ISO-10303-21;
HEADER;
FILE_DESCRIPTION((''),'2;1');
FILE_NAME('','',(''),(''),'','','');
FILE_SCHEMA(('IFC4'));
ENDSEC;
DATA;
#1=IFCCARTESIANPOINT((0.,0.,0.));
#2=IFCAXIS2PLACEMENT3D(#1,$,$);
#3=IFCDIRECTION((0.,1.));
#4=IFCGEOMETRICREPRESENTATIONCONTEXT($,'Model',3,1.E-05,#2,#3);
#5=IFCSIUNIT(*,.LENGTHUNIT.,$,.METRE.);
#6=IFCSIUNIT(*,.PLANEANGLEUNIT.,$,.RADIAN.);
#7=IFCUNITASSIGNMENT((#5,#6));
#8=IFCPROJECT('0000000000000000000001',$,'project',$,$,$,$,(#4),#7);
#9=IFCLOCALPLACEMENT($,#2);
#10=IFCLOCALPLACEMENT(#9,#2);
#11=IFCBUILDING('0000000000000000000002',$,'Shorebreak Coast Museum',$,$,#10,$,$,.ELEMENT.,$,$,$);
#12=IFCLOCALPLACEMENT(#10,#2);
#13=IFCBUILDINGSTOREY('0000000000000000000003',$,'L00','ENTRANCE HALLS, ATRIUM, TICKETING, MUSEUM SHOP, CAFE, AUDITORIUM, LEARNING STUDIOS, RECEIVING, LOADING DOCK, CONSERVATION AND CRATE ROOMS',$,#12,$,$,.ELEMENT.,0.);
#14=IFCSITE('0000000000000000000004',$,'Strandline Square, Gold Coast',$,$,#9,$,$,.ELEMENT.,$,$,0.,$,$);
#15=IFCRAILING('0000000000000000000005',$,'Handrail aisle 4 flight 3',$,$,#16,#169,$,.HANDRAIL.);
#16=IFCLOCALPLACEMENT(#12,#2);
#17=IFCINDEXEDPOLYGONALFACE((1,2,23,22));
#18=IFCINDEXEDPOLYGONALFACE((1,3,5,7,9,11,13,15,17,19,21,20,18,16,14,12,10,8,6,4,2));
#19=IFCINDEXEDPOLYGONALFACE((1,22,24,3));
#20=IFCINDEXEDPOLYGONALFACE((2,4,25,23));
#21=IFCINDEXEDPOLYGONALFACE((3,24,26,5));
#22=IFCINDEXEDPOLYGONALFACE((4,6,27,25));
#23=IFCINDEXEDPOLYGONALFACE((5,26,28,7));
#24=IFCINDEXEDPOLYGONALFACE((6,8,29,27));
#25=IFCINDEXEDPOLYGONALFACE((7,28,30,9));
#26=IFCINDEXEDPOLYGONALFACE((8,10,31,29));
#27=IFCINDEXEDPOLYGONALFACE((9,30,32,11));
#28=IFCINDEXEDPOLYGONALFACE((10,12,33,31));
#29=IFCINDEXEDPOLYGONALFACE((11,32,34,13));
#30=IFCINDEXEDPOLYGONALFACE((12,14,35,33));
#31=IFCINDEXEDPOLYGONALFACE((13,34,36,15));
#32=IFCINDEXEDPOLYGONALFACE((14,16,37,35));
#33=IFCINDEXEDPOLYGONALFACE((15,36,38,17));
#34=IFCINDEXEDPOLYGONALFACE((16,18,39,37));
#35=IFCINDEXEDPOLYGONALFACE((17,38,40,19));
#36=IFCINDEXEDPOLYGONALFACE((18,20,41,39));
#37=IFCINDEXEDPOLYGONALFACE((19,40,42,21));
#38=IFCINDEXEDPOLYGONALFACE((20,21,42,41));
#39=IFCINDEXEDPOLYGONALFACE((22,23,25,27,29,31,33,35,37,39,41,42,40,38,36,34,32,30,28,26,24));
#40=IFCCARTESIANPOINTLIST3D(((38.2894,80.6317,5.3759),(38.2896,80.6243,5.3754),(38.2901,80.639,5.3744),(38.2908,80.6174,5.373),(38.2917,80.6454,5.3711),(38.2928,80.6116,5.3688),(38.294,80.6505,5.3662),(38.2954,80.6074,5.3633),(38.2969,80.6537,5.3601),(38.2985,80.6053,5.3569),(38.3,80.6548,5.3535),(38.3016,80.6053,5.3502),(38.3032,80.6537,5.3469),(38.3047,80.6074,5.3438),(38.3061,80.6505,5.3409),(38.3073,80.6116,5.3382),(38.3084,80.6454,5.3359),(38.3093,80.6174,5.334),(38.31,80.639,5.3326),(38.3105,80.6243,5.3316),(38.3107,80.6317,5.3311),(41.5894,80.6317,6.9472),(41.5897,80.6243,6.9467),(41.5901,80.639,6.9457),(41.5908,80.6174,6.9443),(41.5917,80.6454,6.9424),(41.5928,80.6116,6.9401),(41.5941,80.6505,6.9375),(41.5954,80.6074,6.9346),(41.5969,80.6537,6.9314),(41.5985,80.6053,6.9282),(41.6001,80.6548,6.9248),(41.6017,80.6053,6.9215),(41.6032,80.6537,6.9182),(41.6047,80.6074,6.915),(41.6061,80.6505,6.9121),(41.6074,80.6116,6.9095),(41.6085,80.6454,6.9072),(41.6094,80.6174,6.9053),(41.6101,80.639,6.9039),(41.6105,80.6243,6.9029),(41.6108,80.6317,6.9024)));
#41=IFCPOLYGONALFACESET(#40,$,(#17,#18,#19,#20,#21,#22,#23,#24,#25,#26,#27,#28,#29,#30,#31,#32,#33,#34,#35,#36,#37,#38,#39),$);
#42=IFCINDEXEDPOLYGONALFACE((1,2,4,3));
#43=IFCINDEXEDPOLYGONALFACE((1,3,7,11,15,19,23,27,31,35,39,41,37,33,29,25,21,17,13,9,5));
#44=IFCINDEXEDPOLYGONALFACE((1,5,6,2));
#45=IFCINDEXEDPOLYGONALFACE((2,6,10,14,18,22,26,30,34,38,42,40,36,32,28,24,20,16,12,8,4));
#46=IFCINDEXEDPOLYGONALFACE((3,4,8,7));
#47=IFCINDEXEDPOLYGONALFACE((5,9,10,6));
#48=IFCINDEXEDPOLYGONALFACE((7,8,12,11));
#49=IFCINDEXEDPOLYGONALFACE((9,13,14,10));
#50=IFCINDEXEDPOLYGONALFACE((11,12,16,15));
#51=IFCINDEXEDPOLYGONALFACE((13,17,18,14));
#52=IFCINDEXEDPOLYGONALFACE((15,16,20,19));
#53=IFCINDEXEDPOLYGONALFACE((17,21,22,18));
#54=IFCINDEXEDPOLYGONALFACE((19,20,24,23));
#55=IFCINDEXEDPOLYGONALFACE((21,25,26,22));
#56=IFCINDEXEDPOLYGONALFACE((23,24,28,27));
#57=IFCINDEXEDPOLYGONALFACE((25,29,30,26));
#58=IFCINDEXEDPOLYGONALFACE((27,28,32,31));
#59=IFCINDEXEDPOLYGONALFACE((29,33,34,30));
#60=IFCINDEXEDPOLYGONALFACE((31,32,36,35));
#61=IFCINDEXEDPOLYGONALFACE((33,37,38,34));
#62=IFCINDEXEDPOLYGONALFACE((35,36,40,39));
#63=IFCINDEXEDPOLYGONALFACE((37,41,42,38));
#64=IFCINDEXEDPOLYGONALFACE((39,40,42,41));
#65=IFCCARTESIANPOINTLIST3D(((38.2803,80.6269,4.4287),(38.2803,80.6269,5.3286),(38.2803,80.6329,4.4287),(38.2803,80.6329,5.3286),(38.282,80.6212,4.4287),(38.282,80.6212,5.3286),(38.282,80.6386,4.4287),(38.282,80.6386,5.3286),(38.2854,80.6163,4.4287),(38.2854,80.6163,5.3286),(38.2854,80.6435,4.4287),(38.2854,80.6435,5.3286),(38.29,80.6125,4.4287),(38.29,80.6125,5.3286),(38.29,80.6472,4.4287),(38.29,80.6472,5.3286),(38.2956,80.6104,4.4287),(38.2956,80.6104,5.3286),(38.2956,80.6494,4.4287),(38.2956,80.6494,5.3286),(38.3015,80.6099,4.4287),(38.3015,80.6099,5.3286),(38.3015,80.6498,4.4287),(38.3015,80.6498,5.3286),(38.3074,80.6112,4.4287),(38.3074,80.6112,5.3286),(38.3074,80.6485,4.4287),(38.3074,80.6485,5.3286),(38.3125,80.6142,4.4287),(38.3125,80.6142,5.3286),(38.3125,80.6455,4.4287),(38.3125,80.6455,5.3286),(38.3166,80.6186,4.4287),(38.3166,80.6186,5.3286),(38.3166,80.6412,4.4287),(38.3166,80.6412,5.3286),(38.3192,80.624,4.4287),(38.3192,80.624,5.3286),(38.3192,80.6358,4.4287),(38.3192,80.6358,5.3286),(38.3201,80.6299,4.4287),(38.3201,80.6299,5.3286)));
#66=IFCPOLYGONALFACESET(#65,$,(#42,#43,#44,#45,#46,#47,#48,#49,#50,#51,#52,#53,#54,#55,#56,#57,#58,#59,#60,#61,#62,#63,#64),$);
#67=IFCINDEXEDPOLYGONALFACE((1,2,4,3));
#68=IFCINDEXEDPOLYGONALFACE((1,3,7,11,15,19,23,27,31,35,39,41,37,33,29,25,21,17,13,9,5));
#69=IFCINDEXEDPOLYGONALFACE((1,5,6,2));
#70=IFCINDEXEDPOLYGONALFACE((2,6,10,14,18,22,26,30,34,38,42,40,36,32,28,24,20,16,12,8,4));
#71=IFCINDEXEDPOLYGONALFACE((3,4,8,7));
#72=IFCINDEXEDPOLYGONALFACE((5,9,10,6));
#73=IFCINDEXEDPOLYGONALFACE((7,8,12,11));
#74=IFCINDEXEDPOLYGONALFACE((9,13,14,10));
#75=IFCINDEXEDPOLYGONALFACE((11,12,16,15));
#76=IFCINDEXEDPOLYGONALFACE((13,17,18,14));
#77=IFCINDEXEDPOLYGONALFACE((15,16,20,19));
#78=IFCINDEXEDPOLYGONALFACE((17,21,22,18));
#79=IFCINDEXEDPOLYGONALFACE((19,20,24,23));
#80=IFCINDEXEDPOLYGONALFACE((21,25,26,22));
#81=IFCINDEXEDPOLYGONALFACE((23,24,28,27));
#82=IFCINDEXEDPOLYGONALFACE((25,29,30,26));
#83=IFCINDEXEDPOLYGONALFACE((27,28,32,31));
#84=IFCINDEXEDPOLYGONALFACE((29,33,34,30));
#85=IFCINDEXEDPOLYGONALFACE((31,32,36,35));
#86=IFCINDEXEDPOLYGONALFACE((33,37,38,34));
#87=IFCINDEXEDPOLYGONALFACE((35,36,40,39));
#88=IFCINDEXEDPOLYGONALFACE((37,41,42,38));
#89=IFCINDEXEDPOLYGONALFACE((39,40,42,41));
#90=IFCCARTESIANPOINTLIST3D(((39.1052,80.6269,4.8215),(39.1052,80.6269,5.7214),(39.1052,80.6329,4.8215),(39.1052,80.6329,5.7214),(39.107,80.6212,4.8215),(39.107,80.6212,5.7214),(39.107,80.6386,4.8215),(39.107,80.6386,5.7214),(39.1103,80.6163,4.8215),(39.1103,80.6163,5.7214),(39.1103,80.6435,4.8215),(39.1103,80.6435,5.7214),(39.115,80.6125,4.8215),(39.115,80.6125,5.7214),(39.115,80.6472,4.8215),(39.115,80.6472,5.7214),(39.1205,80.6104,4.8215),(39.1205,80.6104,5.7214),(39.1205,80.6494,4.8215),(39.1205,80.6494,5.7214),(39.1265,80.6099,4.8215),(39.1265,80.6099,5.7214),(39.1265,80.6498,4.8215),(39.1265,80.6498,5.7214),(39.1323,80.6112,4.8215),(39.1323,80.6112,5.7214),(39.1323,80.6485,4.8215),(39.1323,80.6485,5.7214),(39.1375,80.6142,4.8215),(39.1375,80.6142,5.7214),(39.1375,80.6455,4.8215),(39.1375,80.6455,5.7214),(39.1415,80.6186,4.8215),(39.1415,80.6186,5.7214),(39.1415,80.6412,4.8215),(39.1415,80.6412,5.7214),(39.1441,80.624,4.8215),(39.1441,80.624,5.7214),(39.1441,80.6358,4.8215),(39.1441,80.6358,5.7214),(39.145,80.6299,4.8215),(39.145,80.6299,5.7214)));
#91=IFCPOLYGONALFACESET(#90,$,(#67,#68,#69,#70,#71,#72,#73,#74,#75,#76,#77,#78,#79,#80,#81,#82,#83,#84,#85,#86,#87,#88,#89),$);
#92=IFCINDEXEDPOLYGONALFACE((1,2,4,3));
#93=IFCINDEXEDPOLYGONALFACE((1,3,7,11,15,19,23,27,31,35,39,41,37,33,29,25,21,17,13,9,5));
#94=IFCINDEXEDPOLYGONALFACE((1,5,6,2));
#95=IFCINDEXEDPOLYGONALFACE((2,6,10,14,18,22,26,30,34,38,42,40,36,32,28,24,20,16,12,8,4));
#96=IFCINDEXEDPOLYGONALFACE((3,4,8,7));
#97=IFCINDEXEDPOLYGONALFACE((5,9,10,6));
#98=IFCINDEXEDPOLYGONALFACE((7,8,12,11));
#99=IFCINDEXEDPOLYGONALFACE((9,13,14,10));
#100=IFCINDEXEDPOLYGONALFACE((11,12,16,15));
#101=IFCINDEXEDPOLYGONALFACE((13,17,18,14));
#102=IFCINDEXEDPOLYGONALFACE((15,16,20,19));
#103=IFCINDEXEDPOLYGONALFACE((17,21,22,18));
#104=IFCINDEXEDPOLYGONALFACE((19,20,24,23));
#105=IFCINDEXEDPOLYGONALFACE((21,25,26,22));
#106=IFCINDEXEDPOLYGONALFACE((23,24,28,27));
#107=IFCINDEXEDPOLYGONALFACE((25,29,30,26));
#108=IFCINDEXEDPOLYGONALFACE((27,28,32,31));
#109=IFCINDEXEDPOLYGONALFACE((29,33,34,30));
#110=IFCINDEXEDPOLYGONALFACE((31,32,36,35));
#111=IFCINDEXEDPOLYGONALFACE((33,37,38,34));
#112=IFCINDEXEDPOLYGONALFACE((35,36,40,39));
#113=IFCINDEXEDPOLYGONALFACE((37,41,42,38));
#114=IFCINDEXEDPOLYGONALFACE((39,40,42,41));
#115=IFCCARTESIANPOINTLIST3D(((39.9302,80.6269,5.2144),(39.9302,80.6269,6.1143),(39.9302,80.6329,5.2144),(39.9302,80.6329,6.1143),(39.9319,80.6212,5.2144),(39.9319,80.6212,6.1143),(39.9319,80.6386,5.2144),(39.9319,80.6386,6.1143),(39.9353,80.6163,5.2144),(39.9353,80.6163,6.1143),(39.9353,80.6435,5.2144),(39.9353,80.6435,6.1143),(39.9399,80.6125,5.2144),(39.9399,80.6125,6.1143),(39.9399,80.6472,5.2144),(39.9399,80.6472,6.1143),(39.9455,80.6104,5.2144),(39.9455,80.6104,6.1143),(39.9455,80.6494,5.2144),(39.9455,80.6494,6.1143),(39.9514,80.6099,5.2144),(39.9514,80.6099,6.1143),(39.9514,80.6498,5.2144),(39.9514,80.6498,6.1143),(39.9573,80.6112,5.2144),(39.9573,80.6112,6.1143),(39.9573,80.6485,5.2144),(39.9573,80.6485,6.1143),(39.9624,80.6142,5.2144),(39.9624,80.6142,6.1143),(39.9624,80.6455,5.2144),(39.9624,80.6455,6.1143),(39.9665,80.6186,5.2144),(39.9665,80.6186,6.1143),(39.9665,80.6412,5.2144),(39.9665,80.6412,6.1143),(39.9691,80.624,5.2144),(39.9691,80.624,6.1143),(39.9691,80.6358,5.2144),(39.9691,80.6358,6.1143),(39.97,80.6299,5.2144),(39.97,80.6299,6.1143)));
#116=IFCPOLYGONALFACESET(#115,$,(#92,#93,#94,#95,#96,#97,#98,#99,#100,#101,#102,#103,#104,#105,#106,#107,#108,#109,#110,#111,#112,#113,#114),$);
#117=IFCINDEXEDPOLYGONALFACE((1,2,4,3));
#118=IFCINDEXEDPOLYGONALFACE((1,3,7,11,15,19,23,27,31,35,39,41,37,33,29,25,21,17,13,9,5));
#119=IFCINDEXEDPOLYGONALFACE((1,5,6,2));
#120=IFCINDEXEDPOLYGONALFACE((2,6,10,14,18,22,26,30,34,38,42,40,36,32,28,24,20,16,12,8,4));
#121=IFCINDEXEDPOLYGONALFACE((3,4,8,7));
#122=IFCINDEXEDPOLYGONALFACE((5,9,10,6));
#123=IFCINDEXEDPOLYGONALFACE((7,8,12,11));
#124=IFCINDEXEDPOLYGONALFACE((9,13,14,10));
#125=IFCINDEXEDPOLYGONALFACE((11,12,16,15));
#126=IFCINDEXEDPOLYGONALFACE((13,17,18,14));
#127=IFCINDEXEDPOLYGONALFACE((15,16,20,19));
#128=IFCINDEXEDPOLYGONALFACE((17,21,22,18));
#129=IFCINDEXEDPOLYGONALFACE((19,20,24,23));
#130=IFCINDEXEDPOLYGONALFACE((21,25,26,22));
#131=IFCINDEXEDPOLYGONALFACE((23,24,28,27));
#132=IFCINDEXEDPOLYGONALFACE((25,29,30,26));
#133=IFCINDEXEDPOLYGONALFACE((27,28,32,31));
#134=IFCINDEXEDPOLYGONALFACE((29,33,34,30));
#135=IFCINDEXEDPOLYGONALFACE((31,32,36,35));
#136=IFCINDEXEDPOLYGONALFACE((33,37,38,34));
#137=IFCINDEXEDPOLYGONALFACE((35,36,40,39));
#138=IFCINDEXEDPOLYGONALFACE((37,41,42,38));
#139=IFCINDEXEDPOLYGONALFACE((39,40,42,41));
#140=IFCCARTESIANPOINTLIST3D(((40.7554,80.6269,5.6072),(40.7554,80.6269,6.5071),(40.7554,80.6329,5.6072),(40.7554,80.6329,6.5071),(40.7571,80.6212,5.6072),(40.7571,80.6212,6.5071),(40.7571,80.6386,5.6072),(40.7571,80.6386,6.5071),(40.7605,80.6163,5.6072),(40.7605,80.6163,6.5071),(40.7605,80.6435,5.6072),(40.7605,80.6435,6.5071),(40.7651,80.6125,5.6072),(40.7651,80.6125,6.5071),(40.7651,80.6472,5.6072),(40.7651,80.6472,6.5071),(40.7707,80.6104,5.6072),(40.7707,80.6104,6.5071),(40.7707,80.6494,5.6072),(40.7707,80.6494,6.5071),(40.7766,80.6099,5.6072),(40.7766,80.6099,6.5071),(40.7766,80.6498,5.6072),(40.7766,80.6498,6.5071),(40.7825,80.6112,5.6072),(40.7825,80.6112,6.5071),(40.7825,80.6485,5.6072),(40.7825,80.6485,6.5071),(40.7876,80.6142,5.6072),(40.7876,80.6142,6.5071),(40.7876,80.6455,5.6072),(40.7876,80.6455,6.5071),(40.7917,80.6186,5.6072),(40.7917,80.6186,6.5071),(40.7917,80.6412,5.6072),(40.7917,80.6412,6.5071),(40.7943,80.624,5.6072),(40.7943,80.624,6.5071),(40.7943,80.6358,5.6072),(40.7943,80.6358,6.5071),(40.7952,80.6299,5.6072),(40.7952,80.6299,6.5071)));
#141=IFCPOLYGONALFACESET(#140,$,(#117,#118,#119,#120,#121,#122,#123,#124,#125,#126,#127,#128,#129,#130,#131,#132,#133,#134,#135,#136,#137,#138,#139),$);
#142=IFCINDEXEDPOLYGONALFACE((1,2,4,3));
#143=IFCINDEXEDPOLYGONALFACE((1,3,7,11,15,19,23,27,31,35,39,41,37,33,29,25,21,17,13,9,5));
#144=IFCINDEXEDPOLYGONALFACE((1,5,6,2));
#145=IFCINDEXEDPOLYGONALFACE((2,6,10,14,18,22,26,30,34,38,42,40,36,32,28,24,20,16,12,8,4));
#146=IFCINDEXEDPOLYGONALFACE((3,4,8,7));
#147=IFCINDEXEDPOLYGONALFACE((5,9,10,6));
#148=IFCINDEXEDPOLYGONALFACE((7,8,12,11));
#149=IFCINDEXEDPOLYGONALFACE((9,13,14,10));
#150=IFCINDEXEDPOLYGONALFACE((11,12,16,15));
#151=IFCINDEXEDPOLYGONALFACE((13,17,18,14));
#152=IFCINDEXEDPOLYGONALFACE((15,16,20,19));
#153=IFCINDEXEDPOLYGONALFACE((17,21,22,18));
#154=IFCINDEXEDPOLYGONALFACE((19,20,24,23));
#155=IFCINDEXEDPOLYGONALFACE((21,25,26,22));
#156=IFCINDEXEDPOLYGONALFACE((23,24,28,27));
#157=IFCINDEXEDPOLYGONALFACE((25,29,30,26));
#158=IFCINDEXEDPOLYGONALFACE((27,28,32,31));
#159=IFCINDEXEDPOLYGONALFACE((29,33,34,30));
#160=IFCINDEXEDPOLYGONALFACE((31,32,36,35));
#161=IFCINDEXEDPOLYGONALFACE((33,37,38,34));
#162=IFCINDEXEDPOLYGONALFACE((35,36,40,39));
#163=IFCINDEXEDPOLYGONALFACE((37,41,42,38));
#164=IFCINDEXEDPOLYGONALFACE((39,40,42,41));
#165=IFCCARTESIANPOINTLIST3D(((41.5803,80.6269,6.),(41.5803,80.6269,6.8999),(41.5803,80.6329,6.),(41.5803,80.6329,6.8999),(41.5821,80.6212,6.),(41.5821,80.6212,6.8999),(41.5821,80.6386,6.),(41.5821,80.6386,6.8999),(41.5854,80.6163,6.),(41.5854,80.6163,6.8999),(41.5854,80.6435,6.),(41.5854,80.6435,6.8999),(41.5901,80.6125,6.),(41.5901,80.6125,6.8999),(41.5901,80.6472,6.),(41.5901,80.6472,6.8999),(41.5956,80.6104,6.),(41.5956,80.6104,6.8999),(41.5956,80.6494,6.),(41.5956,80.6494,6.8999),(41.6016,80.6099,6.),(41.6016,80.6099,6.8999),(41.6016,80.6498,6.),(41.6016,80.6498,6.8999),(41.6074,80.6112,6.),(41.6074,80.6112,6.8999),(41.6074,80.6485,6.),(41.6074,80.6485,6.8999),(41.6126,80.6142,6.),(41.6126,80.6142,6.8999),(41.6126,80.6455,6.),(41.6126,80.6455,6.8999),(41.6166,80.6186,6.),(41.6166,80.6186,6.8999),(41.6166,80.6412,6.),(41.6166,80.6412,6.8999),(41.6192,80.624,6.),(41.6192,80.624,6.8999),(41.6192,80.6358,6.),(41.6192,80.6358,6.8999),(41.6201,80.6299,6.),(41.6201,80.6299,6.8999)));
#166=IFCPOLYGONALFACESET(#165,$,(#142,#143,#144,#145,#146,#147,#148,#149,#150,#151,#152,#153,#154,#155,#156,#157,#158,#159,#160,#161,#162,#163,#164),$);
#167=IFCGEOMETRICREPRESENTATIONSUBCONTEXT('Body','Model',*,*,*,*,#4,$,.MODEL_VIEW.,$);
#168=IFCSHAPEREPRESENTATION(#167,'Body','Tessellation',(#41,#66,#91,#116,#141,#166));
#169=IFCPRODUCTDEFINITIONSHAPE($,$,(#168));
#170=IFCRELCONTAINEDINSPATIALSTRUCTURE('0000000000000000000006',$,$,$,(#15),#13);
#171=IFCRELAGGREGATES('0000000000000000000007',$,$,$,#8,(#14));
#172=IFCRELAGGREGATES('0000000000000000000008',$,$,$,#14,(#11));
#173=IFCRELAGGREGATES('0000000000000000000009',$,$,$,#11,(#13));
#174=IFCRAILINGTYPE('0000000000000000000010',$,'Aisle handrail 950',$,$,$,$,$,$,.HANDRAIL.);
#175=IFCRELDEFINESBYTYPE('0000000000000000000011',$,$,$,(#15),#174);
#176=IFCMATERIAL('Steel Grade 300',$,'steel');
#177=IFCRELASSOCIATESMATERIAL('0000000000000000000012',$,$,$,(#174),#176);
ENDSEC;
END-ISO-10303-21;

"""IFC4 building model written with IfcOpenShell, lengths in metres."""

from ifc_helpers import new_model, si_unit, direction, frame, origin, origin_2d, place, context, subcontext, project, spatial, circle, extrude, material, type_object, element, save


model = new_model("IFC4")

# Units and contexts
model_context = context("Model", 3, precision=1e-05, world=origin(), true_north=direction((0.0, 1.0)))
body_context = subcontext(model_context, "Body", "Model", "MODEL_VIEW")
ifc_project = project(units=[si_unit("LENGTHUNIT", "METRE"), si_unit("PLANEANGLEUNIT", "RADIAN")], contexts=[model_context])

# Site, building, storey
site_placement = place(None, origin())
site = spatial("IfcSite", under=ifc_project, at=site_placement, Name="Strandline Square, Gold Coast", CompositionType="ELEMENT", RefElevation=0.0)
building_placement = place(site_placement, origin())
building = spatial("IfcBuilding", under=site, at=building_placement, Name="Shorebreak Coast Museum", CompositionType="ELEMENT")
storey_placement = place(building_placement, origin())
storey = spatial("IfcBuildingStorey", under=building, at=storey_placement, Name="L00", Description="ENTRANCE HALLS, ATRIUM, TICKETING, MUSEUM SHOP, CAFE, AUDITORIUM, LEARNING STUDIOS, RECEIVING, LOADING DOCK, CONSERVATION AND CRATE ROOMS", CompositionType="ELEMENT", Elevation=0.0)

# Railing
ifc_material_1 = material(Name="Steel Grade 300", Category="steel")
railing_type = type_object("IfcRailingType", Name="Aisle handrail 950", PredefinedType="HANDRAIL", material=ifc_material_1)
railing_placement = place(storey_placement, frame((38.3, 80.6299, 4.4287)))
element("IfcRailing", 1, at=railing_placement, inside=storey, type_object=railing_type, Name="Handrail aisle 4 flight 3", PredefinedType="HANDRAIL", context=body_context, shape_type="SweptSolid", body=[
    extrude(circle(Radius=0.0249, at=origin_2d()), frame((0.0, 0.0, 0.9248), z_axis=(0.902878, 0.0, 0.429897), x_axis=(0.0, 1.0, 0.0)), (0.0, 0.0, 1.0), 3.655),
    extrude(circle(Radius=0.02, at=origin_2d()), origin(), (0.0, 0.0, 1.0), 0.8999),
    extrude(circle(Radius=0.02, at=origin_2d()), frame((0.825, 0.0, 0.3928)), (0.0, 0.0, 1.0), 0.8999),
    extrude(circle(Radius=0.02, at=origin_2d()), frame((1.6499, 0.0, 0.7856)), (0.0, 0.0, 1.0), 0.8999),
    extrude(circle(Radius=0.02, at=origin_2d()), frame((2.4751, 0.0, 1.1785)), (0.0, 0.0, 1.0), 0.8999),
    extrude(circle(Radius=0.02, at=origin_2d()), frame((3.3, 0.0, 1.5713)), (0.0, 0.0, 1.0), 0.8999),
])

save(model, "model.ifc")
